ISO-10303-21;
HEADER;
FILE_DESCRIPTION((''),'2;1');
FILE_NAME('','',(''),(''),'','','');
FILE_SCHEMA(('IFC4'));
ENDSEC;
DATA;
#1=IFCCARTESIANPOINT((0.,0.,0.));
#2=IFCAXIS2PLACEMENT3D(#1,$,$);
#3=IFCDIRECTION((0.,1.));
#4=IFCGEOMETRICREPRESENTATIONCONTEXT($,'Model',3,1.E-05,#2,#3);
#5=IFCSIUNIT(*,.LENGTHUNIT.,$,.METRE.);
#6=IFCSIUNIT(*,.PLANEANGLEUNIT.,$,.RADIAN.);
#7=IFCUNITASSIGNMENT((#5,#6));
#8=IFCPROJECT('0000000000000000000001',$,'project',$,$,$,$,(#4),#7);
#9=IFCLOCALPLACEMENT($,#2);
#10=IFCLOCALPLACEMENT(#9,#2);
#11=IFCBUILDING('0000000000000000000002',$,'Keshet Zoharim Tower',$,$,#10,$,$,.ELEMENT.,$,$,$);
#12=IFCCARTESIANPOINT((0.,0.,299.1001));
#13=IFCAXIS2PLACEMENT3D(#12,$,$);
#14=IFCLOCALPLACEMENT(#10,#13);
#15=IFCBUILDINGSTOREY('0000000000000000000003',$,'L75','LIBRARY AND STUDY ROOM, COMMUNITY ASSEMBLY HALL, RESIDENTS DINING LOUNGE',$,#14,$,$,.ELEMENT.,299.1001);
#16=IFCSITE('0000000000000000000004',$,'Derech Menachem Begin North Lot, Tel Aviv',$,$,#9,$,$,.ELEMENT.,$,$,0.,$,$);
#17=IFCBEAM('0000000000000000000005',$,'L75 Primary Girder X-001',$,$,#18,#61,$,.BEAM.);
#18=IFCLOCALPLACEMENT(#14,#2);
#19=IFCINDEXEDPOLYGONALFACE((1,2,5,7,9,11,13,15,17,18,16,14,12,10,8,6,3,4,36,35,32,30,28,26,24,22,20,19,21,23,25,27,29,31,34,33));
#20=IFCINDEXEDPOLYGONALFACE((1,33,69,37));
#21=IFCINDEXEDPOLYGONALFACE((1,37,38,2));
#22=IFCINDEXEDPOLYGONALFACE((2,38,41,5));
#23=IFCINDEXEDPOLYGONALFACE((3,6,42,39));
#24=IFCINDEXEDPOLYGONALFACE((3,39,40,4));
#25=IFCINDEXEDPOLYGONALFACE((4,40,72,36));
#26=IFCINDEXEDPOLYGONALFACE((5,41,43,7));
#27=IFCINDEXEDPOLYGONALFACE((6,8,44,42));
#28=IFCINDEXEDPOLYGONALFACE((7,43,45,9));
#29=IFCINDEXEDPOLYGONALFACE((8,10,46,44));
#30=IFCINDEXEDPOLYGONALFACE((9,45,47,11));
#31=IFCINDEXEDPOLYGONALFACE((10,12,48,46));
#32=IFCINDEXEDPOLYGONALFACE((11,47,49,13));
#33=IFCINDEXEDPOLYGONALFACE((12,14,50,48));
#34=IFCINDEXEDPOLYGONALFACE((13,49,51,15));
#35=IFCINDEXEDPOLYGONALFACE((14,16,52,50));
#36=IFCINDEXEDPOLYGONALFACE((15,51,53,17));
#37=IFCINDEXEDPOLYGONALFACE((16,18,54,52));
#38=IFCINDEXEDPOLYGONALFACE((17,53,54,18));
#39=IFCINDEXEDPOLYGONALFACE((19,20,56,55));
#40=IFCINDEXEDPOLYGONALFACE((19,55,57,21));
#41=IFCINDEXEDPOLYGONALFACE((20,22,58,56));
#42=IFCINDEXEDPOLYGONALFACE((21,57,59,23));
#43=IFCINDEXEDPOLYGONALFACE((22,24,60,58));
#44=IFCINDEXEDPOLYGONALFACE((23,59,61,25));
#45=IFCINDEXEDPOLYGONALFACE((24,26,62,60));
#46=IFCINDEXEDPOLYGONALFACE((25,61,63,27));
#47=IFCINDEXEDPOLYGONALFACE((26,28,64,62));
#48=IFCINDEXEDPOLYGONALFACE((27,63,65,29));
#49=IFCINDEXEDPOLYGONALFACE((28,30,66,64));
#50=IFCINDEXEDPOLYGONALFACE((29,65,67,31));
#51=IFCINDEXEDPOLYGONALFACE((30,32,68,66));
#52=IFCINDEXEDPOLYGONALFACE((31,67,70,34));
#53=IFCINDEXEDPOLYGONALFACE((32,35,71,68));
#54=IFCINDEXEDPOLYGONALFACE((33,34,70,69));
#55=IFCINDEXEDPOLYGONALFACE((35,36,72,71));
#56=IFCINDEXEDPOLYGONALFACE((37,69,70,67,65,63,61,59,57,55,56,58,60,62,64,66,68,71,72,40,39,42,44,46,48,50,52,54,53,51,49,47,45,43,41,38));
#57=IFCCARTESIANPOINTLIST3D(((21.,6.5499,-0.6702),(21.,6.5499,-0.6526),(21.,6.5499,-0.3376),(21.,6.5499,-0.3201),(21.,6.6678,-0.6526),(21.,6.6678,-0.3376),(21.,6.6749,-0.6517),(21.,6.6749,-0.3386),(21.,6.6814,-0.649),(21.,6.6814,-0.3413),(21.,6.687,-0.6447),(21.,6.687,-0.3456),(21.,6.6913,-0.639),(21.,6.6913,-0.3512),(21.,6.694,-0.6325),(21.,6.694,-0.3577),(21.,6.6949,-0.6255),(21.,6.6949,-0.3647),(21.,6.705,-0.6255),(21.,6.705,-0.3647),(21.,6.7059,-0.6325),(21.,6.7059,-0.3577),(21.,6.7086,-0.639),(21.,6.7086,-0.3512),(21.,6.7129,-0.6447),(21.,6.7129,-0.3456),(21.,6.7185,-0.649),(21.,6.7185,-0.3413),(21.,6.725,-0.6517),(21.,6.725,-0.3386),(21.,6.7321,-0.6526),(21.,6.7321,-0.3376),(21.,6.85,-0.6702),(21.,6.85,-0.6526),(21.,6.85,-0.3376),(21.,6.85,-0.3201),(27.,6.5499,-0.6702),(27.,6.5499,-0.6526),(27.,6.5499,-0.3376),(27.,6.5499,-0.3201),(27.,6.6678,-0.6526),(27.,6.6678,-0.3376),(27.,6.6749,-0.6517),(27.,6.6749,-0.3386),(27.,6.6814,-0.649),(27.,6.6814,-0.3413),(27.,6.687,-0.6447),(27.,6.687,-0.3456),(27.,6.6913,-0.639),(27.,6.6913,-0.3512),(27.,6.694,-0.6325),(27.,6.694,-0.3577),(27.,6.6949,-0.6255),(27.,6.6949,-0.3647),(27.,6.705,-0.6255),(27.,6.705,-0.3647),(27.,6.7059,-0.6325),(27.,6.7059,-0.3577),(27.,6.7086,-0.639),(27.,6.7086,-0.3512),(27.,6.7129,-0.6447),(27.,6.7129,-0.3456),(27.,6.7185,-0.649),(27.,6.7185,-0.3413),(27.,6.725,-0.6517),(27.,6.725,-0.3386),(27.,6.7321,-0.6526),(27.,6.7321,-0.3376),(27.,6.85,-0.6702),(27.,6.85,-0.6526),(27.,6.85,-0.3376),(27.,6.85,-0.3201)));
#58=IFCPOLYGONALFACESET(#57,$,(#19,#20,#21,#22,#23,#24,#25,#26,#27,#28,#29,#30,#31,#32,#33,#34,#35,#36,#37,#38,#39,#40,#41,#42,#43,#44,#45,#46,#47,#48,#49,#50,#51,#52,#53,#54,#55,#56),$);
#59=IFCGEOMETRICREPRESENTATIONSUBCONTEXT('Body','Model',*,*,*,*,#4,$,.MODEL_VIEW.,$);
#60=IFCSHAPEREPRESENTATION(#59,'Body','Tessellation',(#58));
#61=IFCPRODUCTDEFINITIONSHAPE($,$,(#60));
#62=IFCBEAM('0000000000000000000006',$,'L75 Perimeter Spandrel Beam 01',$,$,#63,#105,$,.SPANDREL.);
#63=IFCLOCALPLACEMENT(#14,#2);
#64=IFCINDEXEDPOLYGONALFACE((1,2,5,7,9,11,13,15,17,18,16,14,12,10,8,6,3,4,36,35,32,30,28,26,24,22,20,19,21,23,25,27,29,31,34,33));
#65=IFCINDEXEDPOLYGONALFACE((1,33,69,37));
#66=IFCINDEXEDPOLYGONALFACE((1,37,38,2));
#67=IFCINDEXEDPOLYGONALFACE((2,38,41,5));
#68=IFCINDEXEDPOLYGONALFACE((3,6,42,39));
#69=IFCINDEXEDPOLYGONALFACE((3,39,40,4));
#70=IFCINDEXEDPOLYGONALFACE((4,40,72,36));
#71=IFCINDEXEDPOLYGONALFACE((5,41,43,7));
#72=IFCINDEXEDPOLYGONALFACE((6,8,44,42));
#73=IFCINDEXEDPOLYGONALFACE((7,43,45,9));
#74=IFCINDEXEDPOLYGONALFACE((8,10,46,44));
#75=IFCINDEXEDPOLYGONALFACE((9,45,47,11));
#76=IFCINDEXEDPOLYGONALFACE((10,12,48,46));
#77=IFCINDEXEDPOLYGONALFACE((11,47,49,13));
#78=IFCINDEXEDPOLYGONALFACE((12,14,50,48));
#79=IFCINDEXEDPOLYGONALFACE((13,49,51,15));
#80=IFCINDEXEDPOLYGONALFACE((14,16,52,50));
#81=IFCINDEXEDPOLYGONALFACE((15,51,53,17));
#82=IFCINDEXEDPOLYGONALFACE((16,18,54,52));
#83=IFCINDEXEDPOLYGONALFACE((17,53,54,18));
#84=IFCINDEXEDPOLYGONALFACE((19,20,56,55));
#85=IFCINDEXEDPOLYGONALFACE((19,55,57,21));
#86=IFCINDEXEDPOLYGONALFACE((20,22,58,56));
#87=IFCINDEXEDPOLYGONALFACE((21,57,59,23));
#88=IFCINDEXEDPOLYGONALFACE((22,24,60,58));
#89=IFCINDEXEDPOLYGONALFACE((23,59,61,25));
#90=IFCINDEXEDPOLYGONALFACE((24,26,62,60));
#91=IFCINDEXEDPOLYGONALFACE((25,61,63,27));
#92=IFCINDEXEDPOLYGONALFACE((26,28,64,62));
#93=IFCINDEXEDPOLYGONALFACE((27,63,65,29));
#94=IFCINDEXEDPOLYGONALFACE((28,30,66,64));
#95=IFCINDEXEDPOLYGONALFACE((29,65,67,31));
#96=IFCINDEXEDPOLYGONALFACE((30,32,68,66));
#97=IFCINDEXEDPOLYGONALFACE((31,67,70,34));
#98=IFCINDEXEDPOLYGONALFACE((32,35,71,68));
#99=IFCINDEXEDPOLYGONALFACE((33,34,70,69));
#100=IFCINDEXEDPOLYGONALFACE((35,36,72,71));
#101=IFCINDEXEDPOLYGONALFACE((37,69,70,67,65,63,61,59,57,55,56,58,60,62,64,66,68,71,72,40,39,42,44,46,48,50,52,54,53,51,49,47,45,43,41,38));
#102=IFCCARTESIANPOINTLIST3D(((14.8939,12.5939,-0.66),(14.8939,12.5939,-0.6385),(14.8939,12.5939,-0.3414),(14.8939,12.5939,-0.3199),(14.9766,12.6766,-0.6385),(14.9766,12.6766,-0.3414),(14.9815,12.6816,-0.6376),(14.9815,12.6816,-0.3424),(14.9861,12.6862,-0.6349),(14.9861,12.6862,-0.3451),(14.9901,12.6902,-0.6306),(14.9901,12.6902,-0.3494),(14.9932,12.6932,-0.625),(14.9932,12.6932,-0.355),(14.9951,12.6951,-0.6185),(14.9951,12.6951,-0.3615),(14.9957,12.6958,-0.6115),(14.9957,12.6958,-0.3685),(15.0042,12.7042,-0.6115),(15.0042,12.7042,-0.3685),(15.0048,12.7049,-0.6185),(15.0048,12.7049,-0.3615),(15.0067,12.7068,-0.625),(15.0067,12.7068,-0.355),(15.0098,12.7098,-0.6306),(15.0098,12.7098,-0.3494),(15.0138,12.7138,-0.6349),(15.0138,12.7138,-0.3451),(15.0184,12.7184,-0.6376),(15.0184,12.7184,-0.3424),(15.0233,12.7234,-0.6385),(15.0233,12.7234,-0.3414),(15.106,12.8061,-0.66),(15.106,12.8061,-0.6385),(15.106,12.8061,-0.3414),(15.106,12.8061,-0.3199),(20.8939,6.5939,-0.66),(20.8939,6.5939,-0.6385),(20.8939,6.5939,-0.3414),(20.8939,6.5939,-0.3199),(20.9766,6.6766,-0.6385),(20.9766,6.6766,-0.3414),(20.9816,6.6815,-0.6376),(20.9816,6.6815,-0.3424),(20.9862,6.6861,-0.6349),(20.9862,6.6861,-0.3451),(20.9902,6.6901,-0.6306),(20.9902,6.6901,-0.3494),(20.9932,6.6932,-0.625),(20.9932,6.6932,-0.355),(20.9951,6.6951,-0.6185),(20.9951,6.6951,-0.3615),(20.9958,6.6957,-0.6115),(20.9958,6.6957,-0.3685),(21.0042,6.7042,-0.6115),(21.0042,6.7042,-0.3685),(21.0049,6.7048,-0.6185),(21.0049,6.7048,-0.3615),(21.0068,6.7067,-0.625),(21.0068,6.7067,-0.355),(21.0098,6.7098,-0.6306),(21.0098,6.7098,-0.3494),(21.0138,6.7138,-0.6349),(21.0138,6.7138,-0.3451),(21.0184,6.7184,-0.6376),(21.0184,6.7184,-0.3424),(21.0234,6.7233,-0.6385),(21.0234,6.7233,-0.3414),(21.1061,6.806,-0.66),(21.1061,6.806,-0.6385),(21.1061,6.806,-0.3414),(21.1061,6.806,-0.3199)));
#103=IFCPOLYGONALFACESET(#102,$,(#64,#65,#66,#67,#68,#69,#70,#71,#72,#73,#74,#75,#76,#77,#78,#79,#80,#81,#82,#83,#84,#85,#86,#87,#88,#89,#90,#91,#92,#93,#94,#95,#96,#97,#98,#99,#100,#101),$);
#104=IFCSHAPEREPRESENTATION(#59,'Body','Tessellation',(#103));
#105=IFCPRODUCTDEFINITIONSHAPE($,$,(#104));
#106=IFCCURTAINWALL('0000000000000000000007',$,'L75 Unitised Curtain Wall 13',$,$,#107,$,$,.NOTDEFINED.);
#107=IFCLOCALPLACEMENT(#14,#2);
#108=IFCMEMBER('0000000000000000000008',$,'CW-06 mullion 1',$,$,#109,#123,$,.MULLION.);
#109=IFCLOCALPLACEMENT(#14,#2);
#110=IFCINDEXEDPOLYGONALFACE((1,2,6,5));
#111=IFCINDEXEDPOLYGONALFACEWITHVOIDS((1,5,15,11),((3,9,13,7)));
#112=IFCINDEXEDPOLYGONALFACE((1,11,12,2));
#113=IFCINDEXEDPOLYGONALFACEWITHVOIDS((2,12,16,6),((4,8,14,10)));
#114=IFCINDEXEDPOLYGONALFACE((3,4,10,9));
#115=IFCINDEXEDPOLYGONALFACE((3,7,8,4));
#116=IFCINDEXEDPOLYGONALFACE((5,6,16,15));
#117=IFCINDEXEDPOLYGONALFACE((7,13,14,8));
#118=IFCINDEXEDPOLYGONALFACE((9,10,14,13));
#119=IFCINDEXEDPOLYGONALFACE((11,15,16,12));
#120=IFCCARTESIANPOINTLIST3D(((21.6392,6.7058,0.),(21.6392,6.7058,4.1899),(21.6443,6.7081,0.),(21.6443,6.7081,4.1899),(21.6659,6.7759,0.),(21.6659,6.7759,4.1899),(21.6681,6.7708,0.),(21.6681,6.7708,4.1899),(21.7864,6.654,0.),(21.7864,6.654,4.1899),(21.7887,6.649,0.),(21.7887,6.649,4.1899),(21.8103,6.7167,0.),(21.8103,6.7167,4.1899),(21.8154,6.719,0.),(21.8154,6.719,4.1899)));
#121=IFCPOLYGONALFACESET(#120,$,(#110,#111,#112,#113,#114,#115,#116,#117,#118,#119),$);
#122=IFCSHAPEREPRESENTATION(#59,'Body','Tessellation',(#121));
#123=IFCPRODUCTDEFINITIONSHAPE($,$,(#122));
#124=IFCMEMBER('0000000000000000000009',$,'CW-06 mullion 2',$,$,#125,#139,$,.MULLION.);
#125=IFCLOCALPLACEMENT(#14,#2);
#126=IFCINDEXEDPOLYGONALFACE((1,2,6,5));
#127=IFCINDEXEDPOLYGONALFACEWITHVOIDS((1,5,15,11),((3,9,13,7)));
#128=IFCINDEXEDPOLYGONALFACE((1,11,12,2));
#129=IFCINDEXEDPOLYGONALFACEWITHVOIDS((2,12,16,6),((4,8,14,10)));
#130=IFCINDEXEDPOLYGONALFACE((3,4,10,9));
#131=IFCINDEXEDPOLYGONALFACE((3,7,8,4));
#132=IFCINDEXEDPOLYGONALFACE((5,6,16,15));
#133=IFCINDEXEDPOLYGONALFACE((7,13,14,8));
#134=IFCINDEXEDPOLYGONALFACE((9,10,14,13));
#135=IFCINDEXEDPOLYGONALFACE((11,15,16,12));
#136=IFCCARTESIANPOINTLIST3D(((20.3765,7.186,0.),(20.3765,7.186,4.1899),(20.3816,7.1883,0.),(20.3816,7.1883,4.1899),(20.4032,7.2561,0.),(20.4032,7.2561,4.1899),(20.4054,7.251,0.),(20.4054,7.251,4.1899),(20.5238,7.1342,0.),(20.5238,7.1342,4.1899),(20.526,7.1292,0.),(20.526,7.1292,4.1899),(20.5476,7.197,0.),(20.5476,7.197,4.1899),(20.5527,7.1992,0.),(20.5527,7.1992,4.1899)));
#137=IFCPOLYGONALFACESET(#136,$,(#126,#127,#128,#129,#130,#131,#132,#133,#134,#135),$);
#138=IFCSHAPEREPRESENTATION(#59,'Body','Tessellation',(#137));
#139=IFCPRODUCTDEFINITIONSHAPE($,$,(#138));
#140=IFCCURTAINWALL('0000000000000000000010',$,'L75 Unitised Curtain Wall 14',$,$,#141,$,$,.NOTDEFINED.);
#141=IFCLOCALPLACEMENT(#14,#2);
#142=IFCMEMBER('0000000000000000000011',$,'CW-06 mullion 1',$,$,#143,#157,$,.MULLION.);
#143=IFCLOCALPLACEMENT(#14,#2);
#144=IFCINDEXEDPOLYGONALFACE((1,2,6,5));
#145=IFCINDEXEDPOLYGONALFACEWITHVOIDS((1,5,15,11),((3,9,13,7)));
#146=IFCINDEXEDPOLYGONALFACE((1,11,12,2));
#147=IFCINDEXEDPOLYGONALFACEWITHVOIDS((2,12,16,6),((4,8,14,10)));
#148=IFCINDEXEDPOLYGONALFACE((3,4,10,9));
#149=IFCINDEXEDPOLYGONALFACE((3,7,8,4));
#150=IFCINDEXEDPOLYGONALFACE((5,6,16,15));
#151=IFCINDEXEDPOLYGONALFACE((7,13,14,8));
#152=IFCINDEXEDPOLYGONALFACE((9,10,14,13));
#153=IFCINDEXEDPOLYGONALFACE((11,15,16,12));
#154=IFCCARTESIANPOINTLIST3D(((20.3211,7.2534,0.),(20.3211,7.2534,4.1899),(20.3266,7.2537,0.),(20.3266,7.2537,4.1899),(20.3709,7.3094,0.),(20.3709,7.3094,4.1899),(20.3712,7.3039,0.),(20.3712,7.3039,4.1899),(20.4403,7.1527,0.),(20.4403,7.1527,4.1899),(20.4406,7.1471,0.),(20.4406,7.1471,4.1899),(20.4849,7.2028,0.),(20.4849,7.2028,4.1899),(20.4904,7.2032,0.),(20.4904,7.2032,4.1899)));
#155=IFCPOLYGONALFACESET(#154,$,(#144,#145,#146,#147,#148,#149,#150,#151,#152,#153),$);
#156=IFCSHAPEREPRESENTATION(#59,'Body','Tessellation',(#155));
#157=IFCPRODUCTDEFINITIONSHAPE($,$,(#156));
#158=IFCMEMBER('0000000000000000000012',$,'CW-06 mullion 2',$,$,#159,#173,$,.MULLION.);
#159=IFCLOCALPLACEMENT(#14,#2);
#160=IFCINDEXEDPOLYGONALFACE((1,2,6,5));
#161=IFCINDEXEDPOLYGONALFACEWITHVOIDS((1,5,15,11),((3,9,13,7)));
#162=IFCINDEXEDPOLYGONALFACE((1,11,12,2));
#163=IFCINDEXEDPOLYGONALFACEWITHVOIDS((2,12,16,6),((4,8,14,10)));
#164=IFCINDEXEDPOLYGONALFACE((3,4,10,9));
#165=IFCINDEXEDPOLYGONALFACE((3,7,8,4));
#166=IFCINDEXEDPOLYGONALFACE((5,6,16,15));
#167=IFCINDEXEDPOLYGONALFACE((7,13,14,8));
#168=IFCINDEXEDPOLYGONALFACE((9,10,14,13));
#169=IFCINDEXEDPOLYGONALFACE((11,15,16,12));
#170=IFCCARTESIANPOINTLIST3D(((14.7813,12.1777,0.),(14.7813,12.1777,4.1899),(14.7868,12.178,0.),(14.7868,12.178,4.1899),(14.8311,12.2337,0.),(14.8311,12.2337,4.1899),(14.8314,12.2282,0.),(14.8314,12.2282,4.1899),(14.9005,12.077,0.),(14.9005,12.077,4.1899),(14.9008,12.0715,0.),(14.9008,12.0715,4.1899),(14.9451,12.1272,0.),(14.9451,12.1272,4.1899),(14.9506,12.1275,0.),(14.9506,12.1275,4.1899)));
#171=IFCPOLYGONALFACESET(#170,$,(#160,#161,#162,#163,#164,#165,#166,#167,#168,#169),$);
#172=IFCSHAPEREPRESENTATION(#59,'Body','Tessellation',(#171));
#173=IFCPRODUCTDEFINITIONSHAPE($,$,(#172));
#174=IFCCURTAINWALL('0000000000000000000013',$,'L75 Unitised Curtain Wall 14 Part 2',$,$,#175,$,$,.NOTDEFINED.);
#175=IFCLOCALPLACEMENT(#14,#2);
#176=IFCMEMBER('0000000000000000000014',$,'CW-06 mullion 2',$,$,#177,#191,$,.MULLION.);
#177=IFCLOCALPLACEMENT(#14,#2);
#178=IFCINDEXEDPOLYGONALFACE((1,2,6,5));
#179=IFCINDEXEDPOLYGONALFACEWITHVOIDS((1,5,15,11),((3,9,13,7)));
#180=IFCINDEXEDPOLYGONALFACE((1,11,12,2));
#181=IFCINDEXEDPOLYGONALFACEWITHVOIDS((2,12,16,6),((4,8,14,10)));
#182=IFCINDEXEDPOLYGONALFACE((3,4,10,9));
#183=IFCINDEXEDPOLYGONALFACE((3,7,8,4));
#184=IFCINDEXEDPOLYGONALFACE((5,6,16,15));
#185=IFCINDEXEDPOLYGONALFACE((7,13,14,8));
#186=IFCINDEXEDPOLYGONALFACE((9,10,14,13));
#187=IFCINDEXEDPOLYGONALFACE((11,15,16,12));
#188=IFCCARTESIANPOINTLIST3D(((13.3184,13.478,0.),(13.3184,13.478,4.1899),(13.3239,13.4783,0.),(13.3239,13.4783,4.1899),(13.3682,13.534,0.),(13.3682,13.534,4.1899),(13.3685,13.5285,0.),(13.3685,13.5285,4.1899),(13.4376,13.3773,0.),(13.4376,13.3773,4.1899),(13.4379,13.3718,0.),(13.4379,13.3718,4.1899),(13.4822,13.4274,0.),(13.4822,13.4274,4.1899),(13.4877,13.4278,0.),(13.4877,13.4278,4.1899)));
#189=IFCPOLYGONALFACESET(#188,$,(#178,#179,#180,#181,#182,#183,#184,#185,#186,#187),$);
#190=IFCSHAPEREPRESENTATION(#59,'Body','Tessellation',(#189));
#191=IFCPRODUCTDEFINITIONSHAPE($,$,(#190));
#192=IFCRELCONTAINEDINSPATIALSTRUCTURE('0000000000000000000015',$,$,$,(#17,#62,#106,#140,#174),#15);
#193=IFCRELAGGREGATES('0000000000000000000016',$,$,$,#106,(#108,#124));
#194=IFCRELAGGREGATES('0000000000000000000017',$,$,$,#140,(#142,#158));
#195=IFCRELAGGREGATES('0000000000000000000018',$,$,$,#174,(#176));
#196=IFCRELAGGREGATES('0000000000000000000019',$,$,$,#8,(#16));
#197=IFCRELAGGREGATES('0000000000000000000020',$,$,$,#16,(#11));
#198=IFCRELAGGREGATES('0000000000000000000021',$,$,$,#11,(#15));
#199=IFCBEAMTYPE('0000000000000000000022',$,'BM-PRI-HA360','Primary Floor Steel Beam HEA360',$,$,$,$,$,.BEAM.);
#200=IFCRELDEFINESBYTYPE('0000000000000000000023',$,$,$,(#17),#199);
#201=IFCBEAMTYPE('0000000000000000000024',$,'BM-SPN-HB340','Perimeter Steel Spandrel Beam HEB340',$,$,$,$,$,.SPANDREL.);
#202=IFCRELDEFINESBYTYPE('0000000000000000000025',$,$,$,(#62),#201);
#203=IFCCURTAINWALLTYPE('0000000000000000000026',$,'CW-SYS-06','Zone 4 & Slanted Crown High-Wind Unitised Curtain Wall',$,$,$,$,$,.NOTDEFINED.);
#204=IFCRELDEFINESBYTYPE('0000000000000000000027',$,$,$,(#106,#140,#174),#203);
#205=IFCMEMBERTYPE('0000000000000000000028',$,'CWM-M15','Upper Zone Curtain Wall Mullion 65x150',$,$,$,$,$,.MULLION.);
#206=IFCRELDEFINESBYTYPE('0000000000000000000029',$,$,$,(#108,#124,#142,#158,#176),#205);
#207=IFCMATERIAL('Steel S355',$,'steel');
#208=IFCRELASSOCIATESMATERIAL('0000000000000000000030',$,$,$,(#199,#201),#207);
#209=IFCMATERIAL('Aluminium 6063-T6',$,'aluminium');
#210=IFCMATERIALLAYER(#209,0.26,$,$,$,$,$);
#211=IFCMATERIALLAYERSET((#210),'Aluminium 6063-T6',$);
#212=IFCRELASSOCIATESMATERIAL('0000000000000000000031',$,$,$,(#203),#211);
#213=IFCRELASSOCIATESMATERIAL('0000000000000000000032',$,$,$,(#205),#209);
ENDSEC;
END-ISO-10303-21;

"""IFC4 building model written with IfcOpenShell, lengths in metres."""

from ifc_helpers import new_model, si_unit, direction, frame, origin, origin_2d, place, context, subcontext, project, spatial, hollow_rectangle, i_section, extrude, material, layer, layer_set, material_profile, profile_set, type_object, element, aggregate, save


model = new_model("IFC4")

# Units and contexts
model_context = context("Model", 3, precision=1e-05, world=origin(), true_north=direction((0.0, 1.0)))
body_context = subcontext(model_context, "Body", "Model", "MODEL_VIEW")
ifc_project = project(units=[si_unit("LENGTHUNIT", "METRE"), si_unit("PLANEANGLEUNIT", "RADIAN")], contexts=[model_context])

# Site, building, storey
site_placement = place(None, origin())
site = spatial("IfcSite", under=ifc_project, at=site_placement, Name="Derech Menachem Begin North Lot, Tel Aviv", CompositionType="ELEMENT", RefElevation=0.0)
building_placement = place(site_placement, origin())
building = spatial("IfcBuilding", under=site, at=building_placement, Name="Keshet Zoharim Tower", CompositionType="ELEMENT")
storey_placement = place(building_placement, frame((0.0, 0.0, 299.1001)))
storey = spatial("IfcBuildingStorey", under=building, at=storey_placement, Name="L75", Description="LIBRARY AND STUDY ROOM, COMMUNITY ASSEMBLY HALL, RESIDENTS DINING LOUNGE", CompositionType="ELEMENT", Elevation=299.1001)

# Shared definitions
ifc_material_1 = material(Name="Steel S355", Category="steel")

# Beams
ifc_material_profile_1 = material_profile(ifc_material_1, i_section(OverallWidth=0.3, OverallDepth=0.3501, WebThickness=0.01, FlangeThickness=0.0176, FilletRadius=0.0271, at=origin_2d()), Name="HEA360")
ifc_profile_set_1 = profile_set([ifc_material_profile_1], Name="Steel S355")
beam_type_1 = type_object("IfcBeamType", Name="BM-PRI-HA360", Description="Primary Floor Steel Beam HEA360", PredefinedType="BEAM", material=ifc_profile_set_1)
beam_1_placement = place(storey_placement, frame((21.0, 6.7, -0.4951), z_axis=(1.0, 0.0, 0.0), x_axis=(0.0, 1.0, 0.0)))
element("IfcBeam", 1, at=beam_1_placement, inside=storey, type_object=beam_type_1, Name="L75 Primary Girder X-001", PredefinedType="BEAM", context=body_context, shape_type="SweptSolid", body=[
    extrude(i_section(OverallWidth=0.3, OverallDepth=0.3501, WebThickness=0.01, FlangeThickness=0.0176, FilletRadius=0.0271, at=origin_2d()), origin(), (0.0, 0.0, 1.0), 6.0),
])
ifc_material_profile_2 = material_profile(ifc_material_1, i_section(OverallWidth=0.3, OverallDepth=0.3401, WebThickness=0.012, FlangeThickness=0.0215, FilletRadius=0.0271, at=origin_2d()), Name="HEB340")
ifc_profile_set_2 = profile_set([ifc_material_profile_2], Name="Steel S355")
beam_type_2 = type_object("IfcBeamType", Name="BM-SPN-HB340", Description="Perimeter Steel Spandrel Beam HEB340", PredefinedType="SPANDREL", material=ifc_profile_set_2)
beam_2_placement = place(storey_placement, frame((21.0, 6.7, -0.49), z_axis=(-0.707107, 0.707107, 0.0), x_axis=(-0.707107, -0.707107, 0.0)))
element("IfcBeam", 2, at=beam_2_placement, inside=storey, type_object=beam_type_2, Name="L75 Perimeter Spandrel Beam 01", PredefinedType="SPANDREL", context=body_context, shape_type="SweptSolid", body=[
    extrude(i_section(OverallWidth=0.3, OverallDepth=0.3401, WebThickness=0.012, FlangeThickness=0.0215, FilletRadius=0.0271, at=origin_2d()), origin(), (0.0, 0.0, 1.0), 8.4854),
])

# Curtain walls, members
ifc_material_2 = material(Name="Aluminium 6063-T6", Category="aluminium")
ifc_layer_1 = layer(ifc_material_2, 0.26)
ifc_layer_set_1 = layer_set([ifc_layer_1], Name="Aluminium 6063-T6")
curtain_wall_type = type_object("IfcCurtainWallType", Name="CW-SYS-06", Description="Zone 4 & Slanted Crown High-Wind Unitised Curtain Wall", PredefinedType="NOTDEFINED", material=ifc_layer_set_1)
curtain_wall_1_placement = place(storey_placement, origin())
curtain_wall_1 = element("IfcCurtainWall", 3, at=curtain_wall_1_placement, inside=storey, type_object=curtain_wall_type, Name="L75 Unitised Curtain Wall 13", PredefinedType="NOTDEFINED")
ifc_material_profile_3 = material_profile(ifc_material_2, hollow_rectangle(XDim=0.075, YDim=0.1599, WallThickness=0.0039, at=origin_2d()), Name="MUL-75x160")
ifc_profile_set_3 = profile_set([ifc_material_profile_3], Name="Aluminium 6063-T6")
member_type_1 = type_object("IfcMemberType", Name="CWM-M15", Description="Upper Zone Curtain Wall Mullion 65x150", PredefinedType="MULLION", material=ifc_profile_set_3)
member_1_placement = place(storey_placement, frame((21.7273, 6.7124, 0.0), z_axis=(0.0, 0.0, 1.0), x_axis=(-0.355439, -0.934699, 0.0)))
member_1 = element("IfcMember", 4, at=member_1_placement, type_object=member_type_1, Name="CW-06 mullion 1", PredefinedType="MULLION", context=body_context, shape_type="SweptSolid", body=[
    extrude(hollow_rectangle(XDim=0.075, YDim=0.1599, WallThickness=0.0039, at=origin_2d()), origin(), (0.0, 0.0, 1.0), 4.1899),
])
member_2_placement = place(storey_placement, frame((20.4646, 7.1926, 0.0), z_axis=(0.0, 0.0, 1.0), x_axis=(-0.355439, -0.934699, 0.0)))
member_2 = element("IfcMember", 5, at=member_2_placement, type_object=member_type_1, Name="CW-06 mullion 2", PredefinedType="MULLION", context=body_context, shape_type="SweptSolid", body=[
    extrude(hollow_rectangle(XDim=0.075, YDim=0.1599, WallThickness=0.0039, at=origin_2d()), origin(), (0.0, 0.0, 1.0), 4.1899),
])
curtain_wall_2_placement = place(storey_placement, origin())
curtain_wall_2 = element("IfcCurtainWall", 6, at=curtain_wall_2_placement, inside=storey, type_object=curtain_wall_type, Name="L75 Unitised Curtain Wall 14", PredefinedType="NOTDEFINED")
member_3_placement = place(storey_placement, frame((20.4058, 7.2283, 0.0), z_axis=(0.0, 0.0, 1.0), x_axis=(-0.664361, -0.747412, 0.0)))
member_3 = element("IfcMember", 7, at=member_3_placement, type_object=member_type_1, Name="CW-06 mullion 1", PredefinedType="MULLION", context=body_context, shape_type="SweptSolid", body=[
    extrude(hollow_rectangle(XDim=0.075, YDim=0.1599, WallThickness=0.0039, at=origin_2d()), origin(), (0.0, 0.0, 1.0), 4.1899),
])
member_4_placement = place(storey_placement, frame((14.866, 12.1526, 0.0), z_axis=(0.0, 0.0, 1.0), x_axis=(-0.664361, -0.747412, 0.0)))
member_4 = element("IfcMember", 8, at=member_4_placement, type_object=member_type_1, Name="CW-06 mullion 2", PredefinedType="MULLION", context=body_context, shape_type="SweptSolid", body=[
    extrude(hollow_rectangle(XDim=0.075, YDim=0.1599, WallThickness=0.0039, at=origin_2d()), origin(), (0.0, 0.0, 1.0), 4.1899),
])

# Curtain wall, member
curtain_wall_3_placement = place(storey_placement, origin())
curtain_wall_3 = element("IfcCurtainWall", 9, at=curtain_wall_3_placement, inside=storey, type_object=curtain_wall_type, Name="L75 Unitised Curtain Wall 14 Part 2", PredefinedType="NOTDEFINED")
member_5_placement = place(storey_placement, frame((13.4031, 13.4529, 0.0), z_axis=(0.0, 0.0, 1.0), x_axis=(-0.66437, -0.747404, 0.0)))
member_5 = element("IfcMember", 10, at=member_5_placement, type_object=member_type_1, Name="CW-06 mullion 2", PredefinedType="MULLION", context=body_context, shape_type="SweptSolid", body=[
    extrude(hollow_rectangle(XDim=0.075, YDim=0.1599, WallThickness=0.0039, at=origin_2d()), origin(), (0.0, 0.0, 1.0), 4.1899),
])

aggregate(curtain_wall_1, [member_1, member_2])
aggregate(curtain_wall_2, [member_3, member_4])
aggregate(curtain_wall_3, [member_5])

save(model, "model.ifc")
